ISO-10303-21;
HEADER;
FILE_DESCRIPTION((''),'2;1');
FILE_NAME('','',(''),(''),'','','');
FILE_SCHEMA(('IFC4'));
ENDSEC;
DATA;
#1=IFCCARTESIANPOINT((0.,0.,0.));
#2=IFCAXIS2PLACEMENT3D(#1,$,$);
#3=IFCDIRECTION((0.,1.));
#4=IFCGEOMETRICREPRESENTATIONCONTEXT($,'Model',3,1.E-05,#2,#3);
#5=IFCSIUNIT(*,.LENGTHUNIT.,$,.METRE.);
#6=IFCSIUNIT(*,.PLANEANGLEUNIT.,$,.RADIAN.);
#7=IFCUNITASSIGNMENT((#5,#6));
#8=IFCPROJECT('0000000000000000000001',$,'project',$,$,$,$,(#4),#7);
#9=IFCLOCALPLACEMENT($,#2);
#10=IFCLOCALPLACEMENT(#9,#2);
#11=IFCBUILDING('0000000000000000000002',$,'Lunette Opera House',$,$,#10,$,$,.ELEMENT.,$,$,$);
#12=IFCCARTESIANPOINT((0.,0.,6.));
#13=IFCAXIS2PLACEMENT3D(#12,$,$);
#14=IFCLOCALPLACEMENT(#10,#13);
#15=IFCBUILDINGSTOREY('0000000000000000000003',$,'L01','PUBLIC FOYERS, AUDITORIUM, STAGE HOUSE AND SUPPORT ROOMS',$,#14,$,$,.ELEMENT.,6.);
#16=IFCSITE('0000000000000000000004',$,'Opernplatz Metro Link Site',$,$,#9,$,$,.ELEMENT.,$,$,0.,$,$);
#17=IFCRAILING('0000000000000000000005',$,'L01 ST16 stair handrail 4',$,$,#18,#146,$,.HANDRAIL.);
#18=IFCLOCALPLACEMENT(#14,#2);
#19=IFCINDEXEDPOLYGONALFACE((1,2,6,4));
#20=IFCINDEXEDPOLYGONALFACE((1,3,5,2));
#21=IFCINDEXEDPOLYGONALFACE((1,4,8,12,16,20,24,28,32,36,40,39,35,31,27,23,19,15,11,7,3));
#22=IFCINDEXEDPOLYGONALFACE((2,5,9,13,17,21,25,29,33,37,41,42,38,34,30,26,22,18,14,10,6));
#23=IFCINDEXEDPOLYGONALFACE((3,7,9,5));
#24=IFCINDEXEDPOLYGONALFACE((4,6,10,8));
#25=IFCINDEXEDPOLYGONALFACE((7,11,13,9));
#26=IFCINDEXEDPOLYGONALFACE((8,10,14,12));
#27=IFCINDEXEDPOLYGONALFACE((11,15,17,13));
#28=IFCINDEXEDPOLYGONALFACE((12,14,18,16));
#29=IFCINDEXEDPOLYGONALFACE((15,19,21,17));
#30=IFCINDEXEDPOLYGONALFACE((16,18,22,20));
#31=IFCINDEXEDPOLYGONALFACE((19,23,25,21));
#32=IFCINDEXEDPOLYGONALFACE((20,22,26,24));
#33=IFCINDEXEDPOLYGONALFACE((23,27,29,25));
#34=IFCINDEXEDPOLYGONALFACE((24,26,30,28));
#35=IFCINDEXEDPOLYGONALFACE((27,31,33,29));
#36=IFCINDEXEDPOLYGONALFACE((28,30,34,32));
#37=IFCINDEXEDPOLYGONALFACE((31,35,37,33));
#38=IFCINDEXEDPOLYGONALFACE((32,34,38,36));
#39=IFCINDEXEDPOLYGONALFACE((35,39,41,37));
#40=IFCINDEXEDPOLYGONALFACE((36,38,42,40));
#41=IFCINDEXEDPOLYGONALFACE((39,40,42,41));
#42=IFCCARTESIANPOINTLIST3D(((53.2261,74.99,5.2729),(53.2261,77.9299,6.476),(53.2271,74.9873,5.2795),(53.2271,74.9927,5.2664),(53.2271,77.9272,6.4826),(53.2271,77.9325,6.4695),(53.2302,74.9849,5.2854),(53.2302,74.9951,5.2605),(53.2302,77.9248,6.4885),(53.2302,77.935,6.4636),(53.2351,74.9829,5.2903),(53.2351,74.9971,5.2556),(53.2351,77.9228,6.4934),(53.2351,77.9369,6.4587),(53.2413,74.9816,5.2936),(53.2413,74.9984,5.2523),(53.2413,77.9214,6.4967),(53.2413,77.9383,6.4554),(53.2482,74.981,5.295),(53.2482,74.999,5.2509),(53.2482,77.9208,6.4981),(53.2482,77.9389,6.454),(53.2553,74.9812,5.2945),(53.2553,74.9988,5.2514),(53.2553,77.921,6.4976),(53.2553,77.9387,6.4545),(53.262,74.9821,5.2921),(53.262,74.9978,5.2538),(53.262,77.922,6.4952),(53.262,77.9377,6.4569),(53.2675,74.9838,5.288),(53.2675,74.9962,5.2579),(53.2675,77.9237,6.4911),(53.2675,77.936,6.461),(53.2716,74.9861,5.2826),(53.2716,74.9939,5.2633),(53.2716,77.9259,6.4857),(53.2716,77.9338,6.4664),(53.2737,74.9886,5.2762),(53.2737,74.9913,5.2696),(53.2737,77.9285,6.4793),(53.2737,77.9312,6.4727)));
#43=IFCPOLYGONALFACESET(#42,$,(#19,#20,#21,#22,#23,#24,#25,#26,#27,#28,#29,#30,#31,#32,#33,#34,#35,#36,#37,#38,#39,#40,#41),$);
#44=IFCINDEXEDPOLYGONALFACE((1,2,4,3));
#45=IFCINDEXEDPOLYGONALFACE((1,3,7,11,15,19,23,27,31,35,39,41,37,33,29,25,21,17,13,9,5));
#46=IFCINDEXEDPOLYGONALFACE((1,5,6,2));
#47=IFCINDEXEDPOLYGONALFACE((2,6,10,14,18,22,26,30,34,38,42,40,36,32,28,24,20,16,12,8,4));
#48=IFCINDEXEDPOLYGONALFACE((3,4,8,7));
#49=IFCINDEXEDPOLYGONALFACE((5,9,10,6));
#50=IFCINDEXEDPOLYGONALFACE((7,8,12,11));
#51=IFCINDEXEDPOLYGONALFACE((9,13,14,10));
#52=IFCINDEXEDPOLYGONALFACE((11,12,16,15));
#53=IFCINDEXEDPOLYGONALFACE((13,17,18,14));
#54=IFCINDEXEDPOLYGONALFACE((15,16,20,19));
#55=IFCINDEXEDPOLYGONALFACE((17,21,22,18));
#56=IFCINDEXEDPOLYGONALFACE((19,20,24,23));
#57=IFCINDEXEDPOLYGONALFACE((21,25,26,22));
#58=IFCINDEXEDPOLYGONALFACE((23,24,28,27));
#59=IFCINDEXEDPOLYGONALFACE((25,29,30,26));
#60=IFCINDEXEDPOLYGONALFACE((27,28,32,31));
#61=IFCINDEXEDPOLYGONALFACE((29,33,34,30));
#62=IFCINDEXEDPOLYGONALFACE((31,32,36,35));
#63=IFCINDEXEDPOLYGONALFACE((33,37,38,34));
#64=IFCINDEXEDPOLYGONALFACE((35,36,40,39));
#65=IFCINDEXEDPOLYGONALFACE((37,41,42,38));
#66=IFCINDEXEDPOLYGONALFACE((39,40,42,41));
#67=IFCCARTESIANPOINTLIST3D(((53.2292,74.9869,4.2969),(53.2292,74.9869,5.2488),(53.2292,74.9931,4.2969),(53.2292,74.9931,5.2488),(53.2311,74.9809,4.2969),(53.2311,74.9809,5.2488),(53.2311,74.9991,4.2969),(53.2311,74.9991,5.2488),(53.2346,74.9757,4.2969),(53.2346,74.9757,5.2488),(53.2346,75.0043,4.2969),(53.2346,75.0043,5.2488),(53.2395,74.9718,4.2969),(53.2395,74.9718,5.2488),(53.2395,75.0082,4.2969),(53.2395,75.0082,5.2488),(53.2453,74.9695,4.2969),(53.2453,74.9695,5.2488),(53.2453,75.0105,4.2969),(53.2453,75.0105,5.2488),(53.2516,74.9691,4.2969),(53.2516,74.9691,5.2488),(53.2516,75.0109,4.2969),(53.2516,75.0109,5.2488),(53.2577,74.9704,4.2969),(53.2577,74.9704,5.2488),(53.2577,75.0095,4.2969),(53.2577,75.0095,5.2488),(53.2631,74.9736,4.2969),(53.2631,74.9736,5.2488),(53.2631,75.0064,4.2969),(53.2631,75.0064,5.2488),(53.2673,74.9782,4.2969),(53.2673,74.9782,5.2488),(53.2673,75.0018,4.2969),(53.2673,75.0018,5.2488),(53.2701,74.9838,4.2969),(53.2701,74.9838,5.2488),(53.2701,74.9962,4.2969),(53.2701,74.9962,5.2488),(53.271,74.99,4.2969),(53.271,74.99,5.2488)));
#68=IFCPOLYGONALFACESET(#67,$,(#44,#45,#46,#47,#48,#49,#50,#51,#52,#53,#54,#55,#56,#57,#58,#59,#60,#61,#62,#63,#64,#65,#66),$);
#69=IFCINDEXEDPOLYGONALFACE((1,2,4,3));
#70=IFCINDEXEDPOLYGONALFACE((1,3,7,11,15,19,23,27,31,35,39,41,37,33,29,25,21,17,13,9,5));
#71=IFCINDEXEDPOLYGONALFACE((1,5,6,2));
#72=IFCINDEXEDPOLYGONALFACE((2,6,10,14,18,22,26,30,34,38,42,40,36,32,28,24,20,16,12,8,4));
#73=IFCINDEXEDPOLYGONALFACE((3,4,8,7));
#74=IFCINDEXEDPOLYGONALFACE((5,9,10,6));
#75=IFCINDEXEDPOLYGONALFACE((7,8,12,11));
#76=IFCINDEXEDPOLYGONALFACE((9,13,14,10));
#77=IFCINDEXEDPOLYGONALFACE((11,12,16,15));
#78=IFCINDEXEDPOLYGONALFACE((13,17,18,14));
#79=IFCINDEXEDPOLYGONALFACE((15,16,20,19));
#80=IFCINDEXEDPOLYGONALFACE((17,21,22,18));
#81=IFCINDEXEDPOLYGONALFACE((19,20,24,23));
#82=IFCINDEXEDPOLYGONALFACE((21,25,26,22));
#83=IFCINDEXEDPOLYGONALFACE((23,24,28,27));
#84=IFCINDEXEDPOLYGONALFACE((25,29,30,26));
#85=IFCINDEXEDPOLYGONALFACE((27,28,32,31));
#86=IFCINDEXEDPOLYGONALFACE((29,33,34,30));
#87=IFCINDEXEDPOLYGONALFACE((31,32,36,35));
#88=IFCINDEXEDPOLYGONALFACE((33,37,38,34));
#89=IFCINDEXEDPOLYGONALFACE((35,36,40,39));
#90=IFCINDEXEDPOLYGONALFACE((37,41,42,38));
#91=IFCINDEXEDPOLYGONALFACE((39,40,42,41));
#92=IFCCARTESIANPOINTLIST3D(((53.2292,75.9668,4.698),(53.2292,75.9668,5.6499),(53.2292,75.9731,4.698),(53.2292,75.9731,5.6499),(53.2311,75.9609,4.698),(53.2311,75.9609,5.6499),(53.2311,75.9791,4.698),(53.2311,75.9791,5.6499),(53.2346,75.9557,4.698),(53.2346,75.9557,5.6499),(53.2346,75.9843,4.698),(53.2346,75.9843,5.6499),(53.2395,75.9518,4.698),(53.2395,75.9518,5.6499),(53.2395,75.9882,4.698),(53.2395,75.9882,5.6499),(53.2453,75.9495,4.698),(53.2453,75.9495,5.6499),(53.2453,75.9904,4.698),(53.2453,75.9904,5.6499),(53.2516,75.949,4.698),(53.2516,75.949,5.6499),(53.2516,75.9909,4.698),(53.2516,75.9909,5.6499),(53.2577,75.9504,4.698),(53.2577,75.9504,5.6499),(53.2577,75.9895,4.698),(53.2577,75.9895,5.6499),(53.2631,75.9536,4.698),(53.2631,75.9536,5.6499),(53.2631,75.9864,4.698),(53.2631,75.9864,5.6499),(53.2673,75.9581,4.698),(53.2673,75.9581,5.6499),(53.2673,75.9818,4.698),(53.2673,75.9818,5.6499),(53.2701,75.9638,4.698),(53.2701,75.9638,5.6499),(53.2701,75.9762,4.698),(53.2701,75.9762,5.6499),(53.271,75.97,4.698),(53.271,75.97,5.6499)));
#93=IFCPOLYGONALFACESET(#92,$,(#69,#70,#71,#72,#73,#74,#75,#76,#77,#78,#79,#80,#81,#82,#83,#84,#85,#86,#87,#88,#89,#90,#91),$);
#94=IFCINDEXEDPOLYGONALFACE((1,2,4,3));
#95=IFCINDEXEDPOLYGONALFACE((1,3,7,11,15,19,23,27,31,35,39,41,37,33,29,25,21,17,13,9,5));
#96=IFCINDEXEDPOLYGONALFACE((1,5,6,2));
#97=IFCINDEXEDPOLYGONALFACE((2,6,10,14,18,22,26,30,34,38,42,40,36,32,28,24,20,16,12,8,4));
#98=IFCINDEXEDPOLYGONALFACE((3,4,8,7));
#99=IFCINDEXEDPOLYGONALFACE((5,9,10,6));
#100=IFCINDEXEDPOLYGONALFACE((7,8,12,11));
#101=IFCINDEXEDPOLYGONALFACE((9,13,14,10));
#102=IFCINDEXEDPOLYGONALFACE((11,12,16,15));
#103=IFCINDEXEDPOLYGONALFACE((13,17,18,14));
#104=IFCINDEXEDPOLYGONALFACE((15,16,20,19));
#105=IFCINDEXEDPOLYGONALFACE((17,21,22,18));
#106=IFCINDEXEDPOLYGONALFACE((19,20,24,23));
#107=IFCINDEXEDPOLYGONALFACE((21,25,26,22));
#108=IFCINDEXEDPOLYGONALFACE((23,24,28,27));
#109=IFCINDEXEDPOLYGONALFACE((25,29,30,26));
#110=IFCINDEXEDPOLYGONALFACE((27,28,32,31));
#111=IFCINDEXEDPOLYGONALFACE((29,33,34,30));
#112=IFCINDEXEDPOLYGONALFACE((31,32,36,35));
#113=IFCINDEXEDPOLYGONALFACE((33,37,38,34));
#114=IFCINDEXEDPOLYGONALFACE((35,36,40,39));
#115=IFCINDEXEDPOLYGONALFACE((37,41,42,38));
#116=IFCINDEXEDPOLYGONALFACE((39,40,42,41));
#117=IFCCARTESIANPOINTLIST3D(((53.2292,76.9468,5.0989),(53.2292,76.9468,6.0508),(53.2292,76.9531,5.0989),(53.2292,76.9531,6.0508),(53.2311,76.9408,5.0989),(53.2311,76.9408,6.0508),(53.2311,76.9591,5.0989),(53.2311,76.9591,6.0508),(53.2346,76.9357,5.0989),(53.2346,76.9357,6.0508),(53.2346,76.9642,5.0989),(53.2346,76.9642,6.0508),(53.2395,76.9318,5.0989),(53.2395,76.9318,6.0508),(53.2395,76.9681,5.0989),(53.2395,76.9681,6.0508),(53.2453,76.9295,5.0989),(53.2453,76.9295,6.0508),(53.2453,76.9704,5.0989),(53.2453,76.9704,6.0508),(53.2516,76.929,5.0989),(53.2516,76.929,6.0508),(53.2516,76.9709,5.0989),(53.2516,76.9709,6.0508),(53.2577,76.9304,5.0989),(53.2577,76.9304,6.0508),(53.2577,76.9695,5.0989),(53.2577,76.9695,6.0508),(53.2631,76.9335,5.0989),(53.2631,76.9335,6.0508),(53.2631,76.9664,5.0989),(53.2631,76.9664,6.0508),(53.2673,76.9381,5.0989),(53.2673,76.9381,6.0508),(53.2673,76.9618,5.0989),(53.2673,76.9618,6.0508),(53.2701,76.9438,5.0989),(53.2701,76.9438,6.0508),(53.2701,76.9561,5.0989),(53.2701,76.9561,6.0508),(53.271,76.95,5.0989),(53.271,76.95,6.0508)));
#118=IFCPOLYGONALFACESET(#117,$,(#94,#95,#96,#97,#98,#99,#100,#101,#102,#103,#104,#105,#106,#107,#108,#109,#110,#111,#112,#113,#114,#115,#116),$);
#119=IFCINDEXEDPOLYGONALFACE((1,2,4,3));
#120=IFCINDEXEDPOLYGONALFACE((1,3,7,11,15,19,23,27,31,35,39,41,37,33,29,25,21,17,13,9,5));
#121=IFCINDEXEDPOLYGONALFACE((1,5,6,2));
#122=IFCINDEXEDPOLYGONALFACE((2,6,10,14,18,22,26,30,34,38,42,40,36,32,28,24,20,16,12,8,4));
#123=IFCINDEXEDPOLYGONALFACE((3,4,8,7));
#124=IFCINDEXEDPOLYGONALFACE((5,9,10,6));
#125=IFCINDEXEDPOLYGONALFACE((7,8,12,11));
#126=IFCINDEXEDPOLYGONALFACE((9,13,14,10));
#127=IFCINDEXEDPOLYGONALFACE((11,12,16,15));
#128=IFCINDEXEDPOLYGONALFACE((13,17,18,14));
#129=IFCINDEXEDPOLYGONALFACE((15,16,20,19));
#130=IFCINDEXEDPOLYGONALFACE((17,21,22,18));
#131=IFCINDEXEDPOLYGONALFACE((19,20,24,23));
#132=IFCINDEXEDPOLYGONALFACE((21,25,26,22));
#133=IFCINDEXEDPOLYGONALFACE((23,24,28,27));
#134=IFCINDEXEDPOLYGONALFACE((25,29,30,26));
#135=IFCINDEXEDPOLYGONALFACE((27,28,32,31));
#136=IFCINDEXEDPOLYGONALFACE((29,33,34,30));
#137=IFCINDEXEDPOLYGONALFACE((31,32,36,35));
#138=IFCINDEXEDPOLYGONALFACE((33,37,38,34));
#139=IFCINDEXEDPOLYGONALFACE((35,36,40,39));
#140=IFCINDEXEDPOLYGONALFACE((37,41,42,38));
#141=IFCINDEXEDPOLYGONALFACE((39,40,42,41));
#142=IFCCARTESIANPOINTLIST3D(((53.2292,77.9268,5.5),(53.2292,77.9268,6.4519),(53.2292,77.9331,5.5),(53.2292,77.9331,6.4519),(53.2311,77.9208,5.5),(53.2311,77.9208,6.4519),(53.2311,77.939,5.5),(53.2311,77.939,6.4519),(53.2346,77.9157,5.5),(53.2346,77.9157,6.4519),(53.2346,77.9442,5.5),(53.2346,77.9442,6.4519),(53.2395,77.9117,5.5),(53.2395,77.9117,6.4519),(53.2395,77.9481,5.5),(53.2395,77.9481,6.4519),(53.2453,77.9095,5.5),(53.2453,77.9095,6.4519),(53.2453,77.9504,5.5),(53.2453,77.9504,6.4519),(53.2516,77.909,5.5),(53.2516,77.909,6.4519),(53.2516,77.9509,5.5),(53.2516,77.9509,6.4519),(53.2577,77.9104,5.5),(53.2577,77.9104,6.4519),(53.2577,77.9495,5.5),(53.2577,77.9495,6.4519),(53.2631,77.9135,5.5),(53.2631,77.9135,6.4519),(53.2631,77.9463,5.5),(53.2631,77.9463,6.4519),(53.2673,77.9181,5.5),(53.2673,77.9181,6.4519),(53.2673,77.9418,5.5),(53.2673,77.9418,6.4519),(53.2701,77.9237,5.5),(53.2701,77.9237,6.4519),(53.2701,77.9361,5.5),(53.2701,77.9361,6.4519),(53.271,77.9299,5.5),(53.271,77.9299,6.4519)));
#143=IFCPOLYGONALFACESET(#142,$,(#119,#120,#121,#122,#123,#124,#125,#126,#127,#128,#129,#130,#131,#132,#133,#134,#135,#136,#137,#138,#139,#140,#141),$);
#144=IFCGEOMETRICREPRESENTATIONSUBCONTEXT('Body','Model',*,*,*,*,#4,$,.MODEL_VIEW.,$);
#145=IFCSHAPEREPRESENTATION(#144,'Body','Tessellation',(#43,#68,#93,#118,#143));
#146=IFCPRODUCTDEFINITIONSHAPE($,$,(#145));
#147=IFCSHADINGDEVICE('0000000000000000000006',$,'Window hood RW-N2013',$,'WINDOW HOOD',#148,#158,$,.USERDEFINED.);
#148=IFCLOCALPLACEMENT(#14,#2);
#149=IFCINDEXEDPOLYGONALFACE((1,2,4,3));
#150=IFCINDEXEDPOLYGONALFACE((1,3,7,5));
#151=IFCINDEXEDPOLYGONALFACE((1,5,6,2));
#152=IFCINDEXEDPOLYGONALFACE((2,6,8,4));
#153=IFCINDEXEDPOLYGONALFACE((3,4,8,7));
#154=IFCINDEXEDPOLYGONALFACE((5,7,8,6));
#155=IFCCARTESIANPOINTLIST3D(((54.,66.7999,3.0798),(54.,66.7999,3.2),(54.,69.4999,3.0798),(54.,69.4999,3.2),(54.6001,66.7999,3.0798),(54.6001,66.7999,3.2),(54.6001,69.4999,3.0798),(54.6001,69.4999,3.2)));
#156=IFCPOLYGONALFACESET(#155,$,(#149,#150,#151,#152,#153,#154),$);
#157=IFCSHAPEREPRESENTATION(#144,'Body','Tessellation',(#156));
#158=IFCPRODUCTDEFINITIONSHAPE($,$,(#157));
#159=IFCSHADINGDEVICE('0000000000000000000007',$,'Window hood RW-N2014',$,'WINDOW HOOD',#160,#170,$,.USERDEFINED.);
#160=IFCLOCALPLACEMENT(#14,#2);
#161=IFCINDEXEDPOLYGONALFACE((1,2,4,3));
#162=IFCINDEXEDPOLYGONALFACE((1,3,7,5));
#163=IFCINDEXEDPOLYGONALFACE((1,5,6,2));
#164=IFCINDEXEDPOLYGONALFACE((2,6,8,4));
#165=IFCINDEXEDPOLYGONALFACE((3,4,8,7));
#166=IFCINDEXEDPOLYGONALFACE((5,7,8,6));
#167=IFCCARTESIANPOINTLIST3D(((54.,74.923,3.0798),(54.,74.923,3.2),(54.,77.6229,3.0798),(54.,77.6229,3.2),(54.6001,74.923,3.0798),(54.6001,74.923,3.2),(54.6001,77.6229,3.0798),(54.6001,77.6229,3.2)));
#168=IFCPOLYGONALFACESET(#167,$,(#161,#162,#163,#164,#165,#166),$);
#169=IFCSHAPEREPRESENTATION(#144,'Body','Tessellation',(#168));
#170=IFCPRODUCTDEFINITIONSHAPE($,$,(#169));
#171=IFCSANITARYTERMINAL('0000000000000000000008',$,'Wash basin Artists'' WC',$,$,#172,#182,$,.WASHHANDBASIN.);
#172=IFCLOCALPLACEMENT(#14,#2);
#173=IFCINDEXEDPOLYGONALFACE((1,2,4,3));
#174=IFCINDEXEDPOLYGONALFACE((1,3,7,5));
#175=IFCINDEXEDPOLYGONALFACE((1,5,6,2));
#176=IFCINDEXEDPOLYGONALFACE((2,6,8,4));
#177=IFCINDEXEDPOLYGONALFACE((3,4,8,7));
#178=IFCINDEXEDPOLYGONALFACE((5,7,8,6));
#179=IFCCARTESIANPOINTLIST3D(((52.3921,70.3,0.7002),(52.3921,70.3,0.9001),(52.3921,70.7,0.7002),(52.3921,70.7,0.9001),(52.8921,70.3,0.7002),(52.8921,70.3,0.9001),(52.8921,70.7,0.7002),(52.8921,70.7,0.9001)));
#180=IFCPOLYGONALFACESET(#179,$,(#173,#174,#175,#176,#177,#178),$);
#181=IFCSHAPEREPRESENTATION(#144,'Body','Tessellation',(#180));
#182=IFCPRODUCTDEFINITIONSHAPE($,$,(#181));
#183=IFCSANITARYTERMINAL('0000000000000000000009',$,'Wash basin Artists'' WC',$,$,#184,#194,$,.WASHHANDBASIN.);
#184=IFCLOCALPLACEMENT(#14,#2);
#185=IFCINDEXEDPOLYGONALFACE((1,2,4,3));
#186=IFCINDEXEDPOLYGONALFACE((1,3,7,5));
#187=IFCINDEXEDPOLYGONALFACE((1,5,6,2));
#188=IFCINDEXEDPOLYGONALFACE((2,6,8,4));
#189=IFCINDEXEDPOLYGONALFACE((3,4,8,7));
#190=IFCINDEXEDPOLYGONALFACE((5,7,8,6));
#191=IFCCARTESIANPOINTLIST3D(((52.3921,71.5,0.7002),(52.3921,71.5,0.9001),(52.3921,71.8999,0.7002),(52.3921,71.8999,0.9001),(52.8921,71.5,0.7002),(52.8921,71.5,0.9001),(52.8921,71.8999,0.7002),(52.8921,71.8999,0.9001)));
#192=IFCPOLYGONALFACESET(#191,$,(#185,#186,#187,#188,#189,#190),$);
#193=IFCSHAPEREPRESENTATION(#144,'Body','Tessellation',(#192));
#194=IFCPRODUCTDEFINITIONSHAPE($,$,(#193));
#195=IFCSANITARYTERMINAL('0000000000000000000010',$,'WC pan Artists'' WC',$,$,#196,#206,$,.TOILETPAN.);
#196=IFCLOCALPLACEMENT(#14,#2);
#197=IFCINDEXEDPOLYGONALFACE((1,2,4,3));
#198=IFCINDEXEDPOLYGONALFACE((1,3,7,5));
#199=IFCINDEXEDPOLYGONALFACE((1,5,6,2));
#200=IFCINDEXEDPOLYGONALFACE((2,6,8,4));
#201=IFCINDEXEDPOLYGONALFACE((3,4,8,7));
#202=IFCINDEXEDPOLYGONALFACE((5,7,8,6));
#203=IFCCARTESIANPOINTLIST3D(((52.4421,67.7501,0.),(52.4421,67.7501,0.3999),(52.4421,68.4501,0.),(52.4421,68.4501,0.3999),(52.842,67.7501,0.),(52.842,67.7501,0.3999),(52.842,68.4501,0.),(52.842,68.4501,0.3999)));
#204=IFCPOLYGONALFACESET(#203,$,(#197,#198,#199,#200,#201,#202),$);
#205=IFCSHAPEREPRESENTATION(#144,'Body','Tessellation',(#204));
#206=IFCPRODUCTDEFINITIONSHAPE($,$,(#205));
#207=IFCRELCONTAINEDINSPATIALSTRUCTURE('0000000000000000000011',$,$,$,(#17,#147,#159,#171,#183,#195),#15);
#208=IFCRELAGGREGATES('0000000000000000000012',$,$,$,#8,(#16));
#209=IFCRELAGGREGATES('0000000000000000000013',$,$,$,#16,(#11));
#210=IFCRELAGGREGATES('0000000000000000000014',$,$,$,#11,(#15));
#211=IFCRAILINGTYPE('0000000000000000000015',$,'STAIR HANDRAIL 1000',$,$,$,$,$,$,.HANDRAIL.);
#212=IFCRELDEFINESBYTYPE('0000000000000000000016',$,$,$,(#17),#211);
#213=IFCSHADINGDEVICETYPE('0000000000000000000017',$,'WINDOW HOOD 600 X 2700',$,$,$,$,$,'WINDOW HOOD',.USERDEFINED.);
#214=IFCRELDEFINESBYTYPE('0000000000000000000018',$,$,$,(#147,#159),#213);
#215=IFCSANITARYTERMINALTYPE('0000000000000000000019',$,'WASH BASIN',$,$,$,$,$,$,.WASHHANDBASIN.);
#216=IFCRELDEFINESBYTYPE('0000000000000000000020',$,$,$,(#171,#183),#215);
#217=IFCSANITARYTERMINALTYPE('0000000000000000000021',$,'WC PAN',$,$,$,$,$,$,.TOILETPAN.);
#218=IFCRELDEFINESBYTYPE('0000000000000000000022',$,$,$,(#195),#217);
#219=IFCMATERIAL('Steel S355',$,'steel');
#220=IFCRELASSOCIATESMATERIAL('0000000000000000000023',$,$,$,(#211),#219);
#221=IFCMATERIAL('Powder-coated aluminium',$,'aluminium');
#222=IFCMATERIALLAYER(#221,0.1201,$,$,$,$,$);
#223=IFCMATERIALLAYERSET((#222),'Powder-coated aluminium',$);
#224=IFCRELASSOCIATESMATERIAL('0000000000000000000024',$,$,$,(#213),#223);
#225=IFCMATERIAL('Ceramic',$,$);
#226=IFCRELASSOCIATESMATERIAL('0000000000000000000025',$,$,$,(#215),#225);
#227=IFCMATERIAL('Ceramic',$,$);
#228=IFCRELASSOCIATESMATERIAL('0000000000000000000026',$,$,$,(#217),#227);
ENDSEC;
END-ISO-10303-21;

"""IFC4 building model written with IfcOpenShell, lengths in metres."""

from ifc_helpers import new_model, si_unit, direction, frame, origin, origin_2d, place, context, subcontext, project, spatial, rectangle, circle, extrude, material, layer, layer_set, type_object, element, save


model = new_model("IFC4")

# Units and contexts
model_context = context("Model", 3, precision=1e-05, world=origin(), true_north=direction((0.0, 1.0)))
body_context = subcontext(model_context, "Body", "Model", "MODEL_VIEW")
ifc_project = project(units=[si_unit("LENGTHUNIT", "METRE"), si_unit("PLANEANGLEUNIT", "RADIAN")], contexts=[model_context])

# Site, building, storey
site_placement = place(None, origin())
site = spatial("IfcSite", under=ifc_project, at=site_placement, Name="Opernplatz Metro Link Site", CompositionType="ELEMENT", RefElevation=0.0)
building_placement = place(site_placement, origin())
building = spatial("IfcBuilding", under=site, at=building_placement, Name="Lunette Opera House", CompositionType="ELEMENT")
storey_placement = place(building_placement, frame((0.0, 0.0, 6.0)))
storey = spatial("IfcBuildingStorey", under=building, at=storey_placement, Name="L01", Description="PUBLIC FOYERS, AUDITORIUM, STAGE HOUSE AND SUPPORT ROOMS", CompositionType="ELEMENT", Elevation=6.0)

# Railing
ifc_material_1 = material(Name="Steel S355", Category="steel")
railing_type_1 = type_object("IfcRailingType", Name="STAIR HANDRAIL 1000", PredefinedType="HANDRAIL", material=ifc_material_1)
railing_1_placement = place(storey_placement, frame((53.25, 74.99, 4.2969)))
element("IfcRailing", 1, at=railing_1_placement, inside=storey, type_object=railing_type_1, Name="L01 ST16 stair handrail 4", PredefinedType="HANDRAIL", context=body_context, shape_type="SweptSolid", body=[
    extrude(circle(Radius=0.0239, at=origin_2d()), frame((0.0, 0.0, 0.9761), z_axis=(0.0, 0.9255, 0.378747), x_axis=(-1.0, 0.0, 0.0)), (0.0, 0.0, 1.0), 3.1765),
    extrude(circle(Radius=0.021, at=origin_2d()), origin(), (0.0, 0.0, 1.0), 0.9519),
    extrude(circle(Radius=0.021, at=origin_2d()), frame((0.0, 0.98, 0.4011)), (0.0, 0.0, 1.0), 0.9519),
    extrude(circle(Radius=0.021, at=origin_2d()), frame((0.0, 1.96, 0.802)), (0.0, 0.0, 1.0), 0.9519),
    extrude(circle(Radius=0.021, at=origin_2d()), frame((0.0, 2.9399, 1.2031)), (0.0, 0.0, 1.0), 0.9519),
])

# Shading devices
ifc_material_2 = material(Name="Powder-coated aluminium", Category="aluminium")
ifc_layer_1 = layer(ifc_material_2, 0.1201)
ifc_layer_set_1 = layer_set([ifc_layer_1], Name="Powder-coated aluminium")
shading_device_type = type_object("IfcShadingDeviceType", Name="WINDOW HOOD 600 X 2700", ElementType="WINDOW HOOD", PredefinedType="USERDEFINED", material=ifc_layer_set_1)
for number, where, z_axis, x_axis, name in (
    (2, (54.3, 68.1499, 3.0798), (0.0, 0.0, 1.0), (1.0, 0.0, 0.0), "Window hood RW-N2013"),
    (3, (54.3, 76.2729, 3.0798), (0.0, 0.0, 1.0), (1.0, 0.0, 0.0), "Window hood RW-N2014"),
):
    element("IfcShadingDevice", number, at=place(storey_placement, frame(where, z_axis=z_axis, x_axis=x_axis)), inside=storey, type_object=shading_device_type, Name=name, ObjectType="WINDOW HOOD", PredefinedType="USERDEFINED", context=body_context, shape_type="SweptSolid", body=[
        extrude(rectangle(XDim=0.6001, YDim=2.7, at=origin_2d()), origin(), (0.0, 0.0, 1.0), 0.1201),
    ])

# Sanitary terminals
ifc_material_3 = material(Name="Ceramic")
sanitary_terminal_type_1 = type_object("IfcSanitaryTerminalType", Name="WASH BASIN", PredefinedType="WASHHANDBASIN", material=ifc_material_3)
for number, where, z_axis, x_axis, name in (
    (4, (52.6421, 70.5, 0.7002), (0.0, 0.0, 1.0), (1.0, 0.0, 0.0), "Wash basin Artists' WC"),
    (5, (52.6421, 71.7, 0.7002), (0.0, 0.0, 1.0), (1.0, 0.0, 0.0), "Wash basin Artists' WC"),
):
    element("IfcSanitaryTerminal", number, at=place(storey_placement, frame(where, z_axis=z_axis, x_axis=x_axis)), inside=storey, type_object=sanitary_terminal_type_1, Name=name, PredefinedType="WASHHANDBASIN", context=body_context, shape_type="SweptSolid", body=[
        extrude(rectangle(XDim=0.5, YDim=0.3999, at=origin_2d()), origin(), (0.0, 0.0, 1.0), 0.2),
    ])
ifc_material_4 = material(Name="Ceramic")
sanitary_terminal_type_2 = type_object("IfcSanitaryTerminalType", Name="WC PAN", PredefinedType="TOILETPAN", material=ifc_material_4)
for number, where, z_axis, x_axis, name in (
    (6, (52.6421, 68.1001, 0.0), (0.0, 0.0, 1.0), (1.0, 0.0, 0.0), "WC pan Artists' WC"),
):
    element("IfcSanitaryTerminal", number, at=place(storey_placement, frame(where, z_axis=z_axis, x_axis=x_axis)), inside=storey, type_object=sanitary_terminal_type_2, Name=name, PredefinedType="TOILETPAN", context=body_context, shape_type="SweptSolid", body=[
        extrude(rectangle(XDim=0.3999, YDim=0.7, at=origin_2d()), origin(), (0.0, 0.0, 1.0), 0.3999),
    ])

save(model, "model.ifc")
